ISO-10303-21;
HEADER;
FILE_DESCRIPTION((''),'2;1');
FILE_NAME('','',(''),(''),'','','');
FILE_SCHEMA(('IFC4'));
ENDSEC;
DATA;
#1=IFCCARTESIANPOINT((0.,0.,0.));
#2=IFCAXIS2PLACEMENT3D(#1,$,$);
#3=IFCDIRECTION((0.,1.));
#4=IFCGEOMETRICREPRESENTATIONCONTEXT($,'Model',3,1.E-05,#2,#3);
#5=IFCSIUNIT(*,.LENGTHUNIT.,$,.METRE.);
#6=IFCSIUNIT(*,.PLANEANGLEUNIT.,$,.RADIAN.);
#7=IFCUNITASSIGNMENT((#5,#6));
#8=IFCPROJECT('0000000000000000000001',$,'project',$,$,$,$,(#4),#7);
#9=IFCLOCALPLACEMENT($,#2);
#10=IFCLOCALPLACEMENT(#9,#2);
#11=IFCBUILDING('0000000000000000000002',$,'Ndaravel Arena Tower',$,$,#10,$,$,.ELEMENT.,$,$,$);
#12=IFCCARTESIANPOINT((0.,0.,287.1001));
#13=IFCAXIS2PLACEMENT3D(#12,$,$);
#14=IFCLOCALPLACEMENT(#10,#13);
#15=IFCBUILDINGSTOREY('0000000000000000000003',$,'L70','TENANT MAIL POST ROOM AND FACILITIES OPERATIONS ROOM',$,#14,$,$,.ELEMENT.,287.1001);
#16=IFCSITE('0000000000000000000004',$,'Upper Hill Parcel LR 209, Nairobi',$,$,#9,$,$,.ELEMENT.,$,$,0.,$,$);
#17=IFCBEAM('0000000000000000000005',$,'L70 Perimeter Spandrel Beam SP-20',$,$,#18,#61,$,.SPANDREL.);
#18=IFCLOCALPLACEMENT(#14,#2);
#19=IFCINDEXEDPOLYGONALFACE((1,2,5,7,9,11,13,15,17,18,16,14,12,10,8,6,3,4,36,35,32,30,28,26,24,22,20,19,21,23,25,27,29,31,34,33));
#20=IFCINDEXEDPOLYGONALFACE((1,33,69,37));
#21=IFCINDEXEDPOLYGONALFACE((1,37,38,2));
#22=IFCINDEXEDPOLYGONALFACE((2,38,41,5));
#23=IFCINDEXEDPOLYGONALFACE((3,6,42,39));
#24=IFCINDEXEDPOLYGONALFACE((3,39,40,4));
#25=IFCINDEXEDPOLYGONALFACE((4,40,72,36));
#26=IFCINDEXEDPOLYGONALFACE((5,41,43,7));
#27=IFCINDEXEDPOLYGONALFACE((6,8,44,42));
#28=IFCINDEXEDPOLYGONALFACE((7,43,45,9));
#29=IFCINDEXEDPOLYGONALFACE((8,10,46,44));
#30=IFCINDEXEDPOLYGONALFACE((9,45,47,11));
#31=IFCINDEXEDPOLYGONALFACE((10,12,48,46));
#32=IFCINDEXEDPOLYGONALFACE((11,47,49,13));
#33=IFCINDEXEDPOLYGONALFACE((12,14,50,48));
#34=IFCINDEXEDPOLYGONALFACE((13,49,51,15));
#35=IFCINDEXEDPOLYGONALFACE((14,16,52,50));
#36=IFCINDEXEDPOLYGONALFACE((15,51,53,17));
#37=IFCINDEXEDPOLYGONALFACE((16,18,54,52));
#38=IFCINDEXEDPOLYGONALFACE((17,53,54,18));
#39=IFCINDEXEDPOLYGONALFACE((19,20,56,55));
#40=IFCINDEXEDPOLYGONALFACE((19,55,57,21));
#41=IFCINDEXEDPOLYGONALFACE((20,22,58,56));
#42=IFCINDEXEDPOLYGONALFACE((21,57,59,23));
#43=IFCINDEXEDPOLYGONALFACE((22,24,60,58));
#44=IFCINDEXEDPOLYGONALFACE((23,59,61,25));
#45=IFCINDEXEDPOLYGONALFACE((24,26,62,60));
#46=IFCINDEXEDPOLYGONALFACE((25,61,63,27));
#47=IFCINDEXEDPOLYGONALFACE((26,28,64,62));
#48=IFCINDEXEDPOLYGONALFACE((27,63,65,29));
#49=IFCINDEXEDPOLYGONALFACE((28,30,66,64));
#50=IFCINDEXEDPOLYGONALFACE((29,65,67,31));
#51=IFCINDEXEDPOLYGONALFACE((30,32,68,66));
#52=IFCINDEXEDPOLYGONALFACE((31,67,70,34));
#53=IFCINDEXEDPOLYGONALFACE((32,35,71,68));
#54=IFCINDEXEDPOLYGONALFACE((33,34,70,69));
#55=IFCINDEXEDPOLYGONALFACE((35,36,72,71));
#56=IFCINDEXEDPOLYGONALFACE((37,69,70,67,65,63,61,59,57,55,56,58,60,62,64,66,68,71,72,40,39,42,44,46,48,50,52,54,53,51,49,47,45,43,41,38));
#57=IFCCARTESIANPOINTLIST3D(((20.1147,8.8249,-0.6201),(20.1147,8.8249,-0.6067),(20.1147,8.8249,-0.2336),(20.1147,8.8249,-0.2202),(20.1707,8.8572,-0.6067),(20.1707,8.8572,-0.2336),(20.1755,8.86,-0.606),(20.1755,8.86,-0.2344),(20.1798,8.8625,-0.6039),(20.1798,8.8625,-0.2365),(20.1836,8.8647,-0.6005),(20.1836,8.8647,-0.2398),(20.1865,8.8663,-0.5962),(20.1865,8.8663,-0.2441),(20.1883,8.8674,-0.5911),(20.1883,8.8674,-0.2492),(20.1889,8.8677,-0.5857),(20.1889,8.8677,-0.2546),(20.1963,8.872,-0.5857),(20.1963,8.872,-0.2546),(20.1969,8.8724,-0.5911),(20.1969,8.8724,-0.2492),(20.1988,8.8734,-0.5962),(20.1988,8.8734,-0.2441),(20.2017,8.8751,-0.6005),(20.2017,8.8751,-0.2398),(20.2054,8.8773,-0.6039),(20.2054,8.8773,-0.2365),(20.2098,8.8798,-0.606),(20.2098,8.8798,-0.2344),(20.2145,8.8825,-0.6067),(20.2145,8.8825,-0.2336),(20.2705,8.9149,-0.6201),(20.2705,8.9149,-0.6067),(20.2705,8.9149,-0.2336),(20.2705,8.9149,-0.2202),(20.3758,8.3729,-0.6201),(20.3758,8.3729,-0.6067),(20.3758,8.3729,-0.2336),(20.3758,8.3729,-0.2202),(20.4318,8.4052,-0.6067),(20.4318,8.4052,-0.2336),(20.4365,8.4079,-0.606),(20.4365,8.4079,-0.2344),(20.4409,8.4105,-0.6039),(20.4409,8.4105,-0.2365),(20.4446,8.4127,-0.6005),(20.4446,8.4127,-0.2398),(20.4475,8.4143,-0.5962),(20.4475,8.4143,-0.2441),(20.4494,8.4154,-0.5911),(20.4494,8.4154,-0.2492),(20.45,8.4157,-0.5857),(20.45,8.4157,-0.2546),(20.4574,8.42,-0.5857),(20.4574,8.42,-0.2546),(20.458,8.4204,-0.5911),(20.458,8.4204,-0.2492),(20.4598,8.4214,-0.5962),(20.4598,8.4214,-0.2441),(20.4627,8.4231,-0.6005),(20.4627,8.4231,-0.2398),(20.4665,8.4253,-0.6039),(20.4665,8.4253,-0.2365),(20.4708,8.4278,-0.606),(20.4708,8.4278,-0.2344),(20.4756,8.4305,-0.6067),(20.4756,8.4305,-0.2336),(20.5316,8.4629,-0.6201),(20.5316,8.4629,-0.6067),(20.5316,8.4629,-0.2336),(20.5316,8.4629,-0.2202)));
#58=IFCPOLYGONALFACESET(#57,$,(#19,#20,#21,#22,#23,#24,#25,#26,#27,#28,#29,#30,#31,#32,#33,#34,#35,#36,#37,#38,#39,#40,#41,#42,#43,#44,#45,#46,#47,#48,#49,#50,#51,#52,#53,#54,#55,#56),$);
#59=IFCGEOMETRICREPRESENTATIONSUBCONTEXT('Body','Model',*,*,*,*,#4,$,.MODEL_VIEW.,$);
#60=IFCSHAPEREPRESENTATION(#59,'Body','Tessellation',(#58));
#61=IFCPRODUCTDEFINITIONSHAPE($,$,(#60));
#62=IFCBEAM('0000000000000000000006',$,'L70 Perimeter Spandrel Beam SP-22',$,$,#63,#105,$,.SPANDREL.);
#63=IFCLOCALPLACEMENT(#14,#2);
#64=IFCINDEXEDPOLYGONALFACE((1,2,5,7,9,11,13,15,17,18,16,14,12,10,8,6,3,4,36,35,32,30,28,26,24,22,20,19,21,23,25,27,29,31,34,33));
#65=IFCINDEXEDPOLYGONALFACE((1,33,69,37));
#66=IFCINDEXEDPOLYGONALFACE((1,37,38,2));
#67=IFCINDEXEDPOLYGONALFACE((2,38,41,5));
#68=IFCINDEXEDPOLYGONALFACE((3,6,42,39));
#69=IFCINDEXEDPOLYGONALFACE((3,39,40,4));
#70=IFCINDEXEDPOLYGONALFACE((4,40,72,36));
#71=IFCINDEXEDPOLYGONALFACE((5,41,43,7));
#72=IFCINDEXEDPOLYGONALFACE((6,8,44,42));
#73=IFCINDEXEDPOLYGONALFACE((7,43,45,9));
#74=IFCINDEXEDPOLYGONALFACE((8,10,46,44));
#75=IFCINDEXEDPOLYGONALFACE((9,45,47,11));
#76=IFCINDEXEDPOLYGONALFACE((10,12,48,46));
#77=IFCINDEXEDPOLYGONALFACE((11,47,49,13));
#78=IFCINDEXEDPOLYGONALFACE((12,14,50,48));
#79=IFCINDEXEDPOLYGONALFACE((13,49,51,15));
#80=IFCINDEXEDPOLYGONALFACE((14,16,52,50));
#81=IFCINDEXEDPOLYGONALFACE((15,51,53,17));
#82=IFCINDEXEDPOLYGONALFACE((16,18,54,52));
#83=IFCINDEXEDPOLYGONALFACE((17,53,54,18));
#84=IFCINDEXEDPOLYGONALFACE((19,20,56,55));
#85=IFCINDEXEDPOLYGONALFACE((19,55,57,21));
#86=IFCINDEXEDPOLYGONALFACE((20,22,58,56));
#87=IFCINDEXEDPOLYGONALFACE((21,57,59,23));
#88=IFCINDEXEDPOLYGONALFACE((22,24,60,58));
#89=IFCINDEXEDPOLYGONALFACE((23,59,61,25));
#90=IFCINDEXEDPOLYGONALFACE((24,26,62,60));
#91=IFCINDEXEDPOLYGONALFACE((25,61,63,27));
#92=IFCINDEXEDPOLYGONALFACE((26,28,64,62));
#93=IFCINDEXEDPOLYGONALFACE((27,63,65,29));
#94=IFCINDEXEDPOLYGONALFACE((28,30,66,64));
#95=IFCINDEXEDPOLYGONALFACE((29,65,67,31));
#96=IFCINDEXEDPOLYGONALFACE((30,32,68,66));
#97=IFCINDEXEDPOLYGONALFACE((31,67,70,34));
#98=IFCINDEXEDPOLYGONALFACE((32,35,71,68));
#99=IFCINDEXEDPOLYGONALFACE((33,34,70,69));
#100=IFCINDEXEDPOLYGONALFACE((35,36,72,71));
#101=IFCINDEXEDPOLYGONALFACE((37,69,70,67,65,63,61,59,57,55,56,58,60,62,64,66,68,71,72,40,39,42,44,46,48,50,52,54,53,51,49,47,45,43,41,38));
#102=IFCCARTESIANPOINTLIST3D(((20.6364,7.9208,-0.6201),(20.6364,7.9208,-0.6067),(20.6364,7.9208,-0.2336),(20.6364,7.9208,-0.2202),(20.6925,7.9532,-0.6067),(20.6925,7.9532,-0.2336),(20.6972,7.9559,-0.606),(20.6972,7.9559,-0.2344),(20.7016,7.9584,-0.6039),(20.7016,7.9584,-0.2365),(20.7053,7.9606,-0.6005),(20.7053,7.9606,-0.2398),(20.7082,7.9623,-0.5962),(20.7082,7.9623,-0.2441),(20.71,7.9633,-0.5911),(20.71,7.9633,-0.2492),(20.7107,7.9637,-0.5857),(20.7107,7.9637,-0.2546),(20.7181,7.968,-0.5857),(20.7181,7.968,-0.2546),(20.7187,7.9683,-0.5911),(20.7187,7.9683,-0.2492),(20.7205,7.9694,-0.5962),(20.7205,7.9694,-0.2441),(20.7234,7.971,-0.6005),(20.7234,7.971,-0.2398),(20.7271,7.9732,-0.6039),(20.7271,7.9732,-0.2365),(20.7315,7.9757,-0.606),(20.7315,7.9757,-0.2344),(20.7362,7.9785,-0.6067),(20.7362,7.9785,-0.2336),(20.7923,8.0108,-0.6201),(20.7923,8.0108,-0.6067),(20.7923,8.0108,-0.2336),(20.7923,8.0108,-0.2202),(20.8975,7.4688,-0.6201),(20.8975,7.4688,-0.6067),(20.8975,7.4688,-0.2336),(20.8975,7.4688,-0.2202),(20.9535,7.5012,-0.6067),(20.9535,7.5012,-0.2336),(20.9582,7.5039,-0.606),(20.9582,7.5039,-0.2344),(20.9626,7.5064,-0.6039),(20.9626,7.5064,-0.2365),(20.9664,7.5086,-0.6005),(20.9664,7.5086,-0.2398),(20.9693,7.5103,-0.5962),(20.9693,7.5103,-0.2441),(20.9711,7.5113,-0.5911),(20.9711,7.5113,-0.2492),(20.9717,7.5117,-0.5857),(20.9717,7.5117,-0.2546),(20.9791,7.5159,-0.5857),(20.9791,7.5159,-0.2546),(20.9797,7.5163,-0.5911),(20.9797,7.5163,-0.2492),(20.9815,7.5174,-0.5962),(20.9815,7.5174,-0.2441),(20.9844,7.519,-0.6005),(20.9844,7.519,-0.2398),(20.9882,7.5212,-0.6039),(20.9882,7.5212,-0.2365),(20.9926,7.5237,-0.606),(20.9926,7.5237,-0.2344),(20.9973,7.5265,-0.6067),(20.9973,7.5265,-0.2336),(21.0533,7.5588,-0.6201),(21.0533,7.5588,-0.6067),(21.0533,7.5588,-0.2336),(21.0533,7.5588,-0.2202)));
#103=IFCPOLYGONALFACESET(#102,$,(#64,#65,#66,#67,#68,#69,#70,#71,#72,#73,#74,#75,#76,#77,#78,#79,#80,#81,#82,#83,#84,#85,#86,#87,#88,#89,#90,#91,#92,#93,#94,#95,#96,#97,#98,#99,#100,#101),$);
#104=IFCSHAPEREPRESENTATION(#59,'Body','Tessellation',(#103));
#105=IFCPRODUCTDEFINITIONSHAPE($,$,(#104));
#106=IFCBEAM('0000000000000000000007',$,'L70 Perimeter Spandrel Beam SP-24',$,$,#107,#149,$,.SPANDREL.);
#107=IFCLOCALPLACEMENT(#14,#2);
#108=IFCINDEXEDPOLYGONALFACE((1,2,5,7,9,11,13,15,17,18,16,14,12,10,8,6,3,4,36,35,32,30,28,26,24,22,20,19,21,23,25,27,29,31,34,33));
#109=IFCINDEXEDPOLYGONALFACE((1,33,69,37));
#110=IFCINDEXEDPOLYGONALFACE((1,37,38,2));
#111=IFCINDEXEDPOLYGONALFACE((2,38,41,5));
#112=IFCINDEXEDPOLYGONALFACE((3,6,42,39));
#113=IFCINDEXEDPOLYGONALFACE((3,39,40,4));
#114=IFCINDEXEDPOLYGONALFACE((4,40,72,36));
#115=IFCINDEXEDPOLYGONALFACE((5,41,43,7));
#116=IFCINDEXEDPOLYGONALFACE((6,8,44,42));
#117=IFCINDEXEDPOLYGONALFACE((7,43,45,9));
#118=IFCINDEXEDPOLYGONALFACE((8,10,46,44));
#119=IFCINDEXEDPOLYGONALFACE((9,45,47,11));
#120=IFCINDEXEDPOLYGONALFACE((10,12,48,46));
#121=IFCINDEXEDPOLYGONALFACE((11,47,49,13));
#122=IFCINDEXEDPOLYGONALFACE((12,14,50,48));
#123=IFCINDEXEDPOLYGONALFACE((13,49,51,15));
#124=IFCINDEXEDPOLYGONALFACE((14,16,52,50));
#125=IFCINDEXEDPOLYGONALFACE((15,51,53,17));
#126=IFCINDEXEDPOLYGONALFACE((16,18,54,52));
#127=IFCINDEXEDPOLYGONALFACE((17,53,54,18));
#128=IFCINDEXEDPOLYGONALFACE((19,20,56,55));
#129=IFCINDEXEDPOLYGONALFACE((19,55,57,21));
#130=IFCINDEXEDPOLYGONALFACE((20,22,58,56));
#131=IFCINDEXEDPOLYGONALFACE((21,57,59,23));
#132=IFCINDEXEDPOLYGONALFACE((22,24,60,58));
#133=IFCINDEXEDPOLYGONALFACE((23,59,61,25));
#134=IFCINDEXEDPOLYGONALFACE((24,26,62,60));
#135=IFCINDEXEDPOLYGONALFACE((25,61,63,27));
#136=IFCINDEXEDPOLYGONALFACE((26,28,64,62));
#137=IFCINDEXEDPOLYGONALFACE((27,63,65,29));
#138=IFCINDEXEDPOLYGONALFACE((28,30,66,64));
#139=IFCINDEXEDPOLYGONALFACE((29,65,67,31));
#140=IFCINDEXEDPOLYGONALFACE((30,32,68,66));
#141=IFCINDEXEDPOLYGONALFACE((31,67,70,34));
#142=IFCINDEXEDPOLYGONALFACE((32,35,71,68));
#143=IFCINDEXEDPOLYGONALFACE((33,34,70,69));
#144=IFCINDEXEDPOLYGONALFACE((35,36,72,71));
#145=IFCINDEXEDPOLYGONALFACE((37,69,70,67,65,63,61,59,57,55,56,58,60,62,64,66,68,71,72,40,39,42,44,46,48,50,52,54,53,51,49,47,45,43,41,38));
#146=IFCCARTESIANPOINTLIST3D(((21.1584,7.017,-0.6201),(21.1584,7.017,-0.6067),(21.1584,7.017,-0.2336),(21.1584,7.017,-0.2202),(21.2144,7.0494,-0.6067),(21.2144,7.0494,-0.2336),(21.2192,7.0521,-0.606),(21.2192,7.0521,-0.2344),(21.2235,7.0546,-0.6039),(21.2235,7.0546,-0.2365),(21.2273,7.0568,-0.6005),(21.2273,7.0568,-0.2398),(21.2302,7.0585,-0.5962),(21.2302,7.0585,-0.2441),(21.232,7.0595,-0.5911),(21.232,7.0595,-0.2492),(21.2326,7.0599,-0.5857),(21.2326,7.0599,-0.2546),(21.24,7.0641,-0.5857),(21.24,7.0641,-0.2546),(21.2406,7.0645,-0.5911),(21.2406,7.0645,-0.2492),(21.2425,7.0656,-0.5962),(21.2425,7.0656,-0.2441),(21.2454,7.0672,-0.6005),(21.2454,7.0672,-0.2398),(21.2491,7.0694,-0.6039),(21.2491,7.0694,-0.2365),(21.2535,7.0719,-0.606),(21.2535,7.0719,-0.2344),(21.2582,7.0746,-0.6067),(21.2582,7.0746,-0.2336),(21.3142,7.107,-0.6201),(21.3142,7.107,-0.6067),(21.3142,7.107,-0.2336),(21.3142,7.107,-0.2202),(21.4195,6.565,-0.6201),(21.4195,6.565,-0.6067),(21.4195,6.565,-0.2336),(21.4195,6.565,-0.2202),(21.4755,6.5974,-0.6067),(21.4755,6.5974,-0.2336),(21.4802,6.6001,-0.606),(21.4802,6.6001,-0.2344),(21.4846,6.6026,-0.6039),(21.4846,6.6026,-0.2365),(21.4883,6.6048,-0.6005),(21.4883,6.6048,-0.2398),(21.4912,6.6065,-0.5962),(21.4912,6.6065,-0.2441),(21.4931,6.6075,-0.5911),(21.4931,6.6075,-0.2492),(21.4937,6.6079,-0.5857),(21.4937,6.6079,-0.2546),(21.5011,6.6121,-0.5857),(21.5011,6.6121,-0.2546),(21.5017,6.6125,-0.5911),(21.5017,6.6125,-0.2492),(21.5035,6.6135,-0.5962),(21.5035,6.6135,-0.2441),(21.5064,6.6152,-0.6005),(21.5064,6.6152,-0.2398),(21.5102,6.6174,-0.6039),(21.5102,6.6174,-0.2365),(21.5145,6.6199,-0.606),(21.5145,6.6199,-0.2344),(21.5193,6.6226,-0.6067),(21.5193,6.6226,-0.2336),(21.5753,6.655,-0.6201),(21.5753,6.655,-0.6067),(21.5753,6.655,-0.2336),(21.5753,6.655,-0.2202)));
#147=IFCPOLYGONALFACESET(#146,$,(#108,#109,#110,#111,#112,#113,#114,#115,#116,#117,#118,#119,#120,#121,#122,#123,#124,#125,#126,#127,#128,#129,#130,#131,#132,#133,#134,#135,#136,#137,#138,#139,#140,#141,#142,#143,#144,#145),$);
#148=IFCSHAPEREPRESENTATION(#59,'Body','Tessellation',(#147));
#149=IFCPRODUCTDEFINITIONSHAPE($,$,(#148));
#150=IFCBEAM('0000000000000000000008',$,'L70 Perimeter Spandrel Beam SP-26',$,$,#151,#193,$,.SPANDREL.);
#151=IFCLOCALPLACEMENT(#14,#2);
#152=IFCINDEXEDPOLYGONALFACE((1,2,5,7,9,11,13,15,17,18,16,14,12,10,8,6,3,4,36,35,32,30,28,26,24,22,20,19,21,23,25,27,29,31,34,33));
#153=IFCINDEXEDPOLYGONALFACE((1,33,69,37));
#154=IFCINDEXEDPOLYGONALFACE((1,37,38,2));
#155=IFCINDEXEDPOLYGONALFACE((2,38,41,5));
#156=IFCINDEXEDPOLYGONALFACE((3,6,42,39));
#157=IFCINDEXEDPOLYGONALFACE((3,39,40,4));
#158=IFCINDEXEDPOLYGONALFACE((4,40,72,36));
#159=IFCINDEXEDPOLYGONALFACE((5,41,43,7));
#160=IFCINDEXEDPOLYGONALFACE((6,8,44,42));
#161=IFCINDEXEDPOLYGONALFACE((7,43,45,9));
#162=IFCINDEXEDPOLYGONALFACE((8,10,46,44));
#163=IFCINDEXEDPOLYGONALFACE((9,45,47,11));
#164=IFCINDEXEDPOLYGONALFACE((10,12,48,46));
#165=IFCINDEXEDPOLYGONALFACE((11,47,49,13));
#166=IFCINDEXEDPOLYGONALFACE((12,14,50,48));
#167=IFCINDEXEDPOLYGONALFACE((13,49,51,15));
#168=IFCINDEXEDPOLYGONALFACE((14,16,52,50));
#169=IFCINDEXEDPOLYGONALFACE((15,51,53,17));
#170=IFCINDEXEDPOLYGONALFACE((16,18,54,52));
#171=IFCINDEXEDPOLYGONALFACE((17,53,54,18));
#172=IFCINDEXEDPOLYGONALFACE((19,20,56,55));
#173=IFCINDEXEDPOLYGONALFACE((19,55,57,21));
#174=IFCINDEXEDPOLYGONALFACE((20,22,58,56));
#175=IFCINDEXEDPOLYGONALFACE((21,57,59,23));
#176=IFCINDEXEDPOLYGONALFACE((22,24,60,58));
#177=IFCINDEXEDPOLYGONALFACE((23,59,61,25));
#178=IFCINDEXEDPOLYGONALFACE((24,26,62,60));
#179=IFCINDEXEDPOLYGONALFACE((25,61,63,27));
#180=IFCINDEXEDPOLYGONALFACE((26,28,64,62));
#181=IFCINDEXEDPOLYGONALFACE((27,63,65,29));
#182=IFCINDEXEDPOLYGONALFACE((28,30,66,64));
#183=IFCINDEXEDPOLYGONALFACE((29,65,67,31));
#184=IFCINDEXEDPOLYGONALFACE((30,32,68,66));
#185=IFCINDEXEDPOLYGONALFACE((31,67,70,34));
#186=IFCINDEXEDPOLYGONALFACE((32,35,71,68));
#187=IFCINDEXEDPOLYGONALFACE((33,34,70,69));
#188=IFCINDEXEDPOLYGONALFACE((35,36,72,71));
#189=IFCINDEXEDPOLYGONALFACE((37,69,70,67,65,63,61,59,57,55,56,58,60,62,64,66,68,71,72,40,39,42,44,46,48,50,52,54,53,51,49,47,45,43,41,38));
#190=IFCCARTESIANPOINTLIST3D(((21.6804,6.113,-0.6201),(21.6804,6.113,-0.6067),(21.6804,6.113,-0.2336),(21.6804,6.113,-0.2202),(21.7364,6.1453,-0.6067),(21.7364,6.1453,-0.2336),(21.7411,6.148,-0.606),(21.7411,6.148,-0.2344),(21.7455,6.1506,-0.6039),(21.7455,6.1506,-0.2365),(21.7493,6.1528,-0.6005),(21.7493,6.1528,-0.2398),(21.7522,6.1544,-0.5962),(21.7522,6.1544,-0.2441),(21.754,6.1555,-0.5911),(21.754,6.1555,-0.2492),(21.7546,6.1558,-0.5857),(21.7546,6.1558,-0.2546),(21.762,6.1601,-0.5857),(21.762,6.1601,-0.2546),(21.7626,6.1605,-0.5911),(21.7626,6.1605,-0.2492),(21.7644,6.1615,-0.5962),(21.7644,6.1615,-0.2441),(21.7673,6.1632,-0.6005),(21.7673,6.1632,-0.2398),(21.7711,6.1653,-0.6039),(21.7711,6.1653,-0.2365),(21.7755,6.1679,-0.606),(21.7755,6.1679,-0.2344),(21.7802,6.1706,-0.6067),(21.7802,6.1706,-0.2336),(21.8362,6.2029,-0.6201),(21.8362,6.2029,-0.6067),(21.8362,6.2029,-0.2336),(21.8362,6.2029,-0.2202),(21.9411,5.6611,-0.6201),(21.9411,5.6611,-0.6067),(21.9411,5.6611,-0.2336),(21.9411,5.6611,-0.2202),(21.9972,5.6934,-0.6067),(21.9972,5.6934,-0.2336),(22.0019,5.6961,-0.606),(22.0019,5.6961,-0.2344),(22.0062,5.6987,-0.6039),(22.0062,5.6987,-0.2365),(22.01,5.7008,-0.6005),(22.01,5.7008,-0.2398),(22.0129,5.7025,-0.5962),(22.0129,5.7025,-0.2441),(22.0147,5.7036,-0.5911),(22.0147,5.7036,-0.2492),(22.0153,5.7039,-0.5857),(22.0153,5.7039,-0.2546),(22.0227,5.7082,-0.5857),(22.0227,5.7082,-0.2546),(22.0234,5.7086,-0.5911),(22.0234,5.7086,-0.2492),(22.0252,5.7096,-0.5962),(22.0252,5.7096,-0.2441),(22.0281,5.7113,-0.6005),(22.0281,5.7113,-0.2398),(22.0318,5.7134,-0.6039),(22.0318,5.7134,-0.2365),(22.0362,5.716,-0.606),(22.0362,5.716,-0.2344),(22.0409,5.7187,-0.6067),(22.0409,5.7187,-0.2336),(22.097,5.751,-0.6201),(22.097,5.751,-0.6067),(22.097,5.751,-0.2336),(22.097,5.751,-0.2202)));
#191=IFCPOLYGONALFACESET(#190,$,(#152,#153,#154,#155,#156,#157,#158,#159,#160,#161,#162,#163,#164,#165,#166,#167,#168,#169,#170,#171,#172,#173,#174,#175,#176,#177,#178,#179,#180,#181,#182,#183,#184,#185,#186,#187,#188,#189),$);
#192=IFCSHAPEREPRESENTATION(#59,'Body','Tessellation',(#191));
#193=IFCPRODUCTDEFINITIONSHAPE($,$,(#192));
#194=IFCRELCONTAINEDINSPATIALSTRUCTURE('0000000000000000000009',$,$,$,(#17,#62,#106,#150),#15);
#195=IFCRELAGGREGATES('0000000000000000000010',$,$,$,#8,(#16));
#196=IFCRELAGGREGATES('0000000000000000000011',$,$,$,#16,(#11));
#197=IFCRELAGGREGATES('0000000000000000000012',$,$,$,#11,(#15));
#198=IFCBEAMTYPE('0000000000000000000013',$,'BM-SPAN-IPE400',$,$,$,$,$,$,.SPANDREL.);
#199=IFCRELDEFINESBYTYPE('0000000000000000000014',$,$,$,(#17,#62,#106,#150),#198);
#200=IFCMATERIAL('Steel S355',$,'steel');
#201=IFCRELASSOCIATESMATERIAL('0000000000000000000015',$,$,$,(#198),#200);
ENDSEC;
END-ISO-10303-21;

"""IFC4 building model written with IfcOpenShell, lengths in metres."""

from ifc_helpers import new_model, si_unit, direction, frame, origin, origin_2d, place, context, subcontext, project, spatial, i_section, extrude, material, material_profile, profile_set, type_object, element, save


model = new_model("IFC4")

# Units and contexts
model_context = context("Model", 3, precision=1e-05, world=origin(), true_north=direction((0.0, 1.0)))
body_context = subcontext(model_context, "Body", "Model", "MODEL_VIEW")
ifc_project = project(units=[si_unit("LENGTHUNIT", "METRE"), si_unit("PLANEANGLEUNIT", "RADIAN")], contexts=[model_context])

# Site, building, storey
site_placement = place(None, origin())
site = spatial("IfcSite", under=ifc_project, at=site_placement, Name="Upper Hill Parcel LR 209, Nairobi", CompositionType="ELEMENT", RefElevation=0.0)
building_placement = place(site_placement, origin())
building = spatial("IfcBuilding", under=site, at=building_placement, Name="Ndaravel Arena Tower", CompositionType="ELEMENT")
storey_placement = place(building_placement, frame((0.0, 0.0, 287.1001)))
storey = spatial("IfcBuildingStorey", under=building, at=storey_placement, Name="L70", Description="TENANT MAIL POST ROOM AND FACILITIES OPERATIONS ROOM", CompositionType="ELEMENT", Elevation=287.1001)

# Beams
ifc_material_1 = material(Name="Steel S355", Category="steel")
ifc_material_profile_1 = material_profile(ifc_material_1, i_section(OverallWidth=0.1799, OverallDepth=0.3999, WebThickness=0.0085, FlangeThickness=0.0134, FilletRadius=0.021, at=origin_2d()), Name="IPE 400")
ifc_profile_set_1 = profile_set([ifc_material_profile_1], Name="Steel S355")
beam_type = type_object("IfcBeamType", Name="BM-SPAN-IPE400", PredefinedType="SPANDREL", material=ifc_profile_set_1)
for number, where, z_axis, x_axis, name in (
    (1, (20.1926, 8.8699, -0.4202), (0.500114, -0.86596, 0.0), (0.86596, 0.500114, 0.0), "L70 Perimeter Spandrel Beam SP-20"),
    (2, (20.7144, 7.9658, -0.4202), (0.500114, -0.86596, 0.0), (0.86596, 0.500114, 0.0), "L70 Perimeter Spandrel Beam SP-22"),
    (3, (21.2363, 7.062, -0.4202), (0.500114, -0.86596, 0.0), (0.86596, 0.500114, 0.0), "L70 Perimeter Spandrel Beam SP-24"),
):
    element("IfcBeam", number, at=place(storey_placement, frame(where, z_axis=z_axis, x_axis=x_axis)), inside=storey, type_object=beam_type, Name=name, PredefinedType="SPANDREL", context=body_context, shape_type="SweptSolid", body=[
        extrude(i_section(OverallWidth=0.1799, OverallDepth=0.3999, WebThickness=0.0085, FlangeThickness=0.0134, FilletRadius=0.021, at=origin_2d()), origin(), (0.0, 0.0, 1.0), 0.522),
    ])
beam_placement = place(storey_placement, frame((21.7583, 6.158, -0.4202), z_axis=(0.499763, -0.866162, 0.0), x_axis=(0.866162, 0.499763, 0.0)))
element("IfcBeam", 4, at=beam_placement, inside=storey, type_object=beam_type, Name="L70 Perimeter Spandrel Beam SP-26", PredefinedType="SPANDREL", context=body_context, shape_type="SweptSolid", body=[
    extrude(i_section(OverallWidth=0.1799, OverallDepth=0.3999, WebThickness=0.0085, FlangeThickness=0.0134, FilletRadius=0.021, at=origin_2d()), origin(), (0.0, 0.0, 1.0), 0.5217),
])

save(model, "model.ifc")
